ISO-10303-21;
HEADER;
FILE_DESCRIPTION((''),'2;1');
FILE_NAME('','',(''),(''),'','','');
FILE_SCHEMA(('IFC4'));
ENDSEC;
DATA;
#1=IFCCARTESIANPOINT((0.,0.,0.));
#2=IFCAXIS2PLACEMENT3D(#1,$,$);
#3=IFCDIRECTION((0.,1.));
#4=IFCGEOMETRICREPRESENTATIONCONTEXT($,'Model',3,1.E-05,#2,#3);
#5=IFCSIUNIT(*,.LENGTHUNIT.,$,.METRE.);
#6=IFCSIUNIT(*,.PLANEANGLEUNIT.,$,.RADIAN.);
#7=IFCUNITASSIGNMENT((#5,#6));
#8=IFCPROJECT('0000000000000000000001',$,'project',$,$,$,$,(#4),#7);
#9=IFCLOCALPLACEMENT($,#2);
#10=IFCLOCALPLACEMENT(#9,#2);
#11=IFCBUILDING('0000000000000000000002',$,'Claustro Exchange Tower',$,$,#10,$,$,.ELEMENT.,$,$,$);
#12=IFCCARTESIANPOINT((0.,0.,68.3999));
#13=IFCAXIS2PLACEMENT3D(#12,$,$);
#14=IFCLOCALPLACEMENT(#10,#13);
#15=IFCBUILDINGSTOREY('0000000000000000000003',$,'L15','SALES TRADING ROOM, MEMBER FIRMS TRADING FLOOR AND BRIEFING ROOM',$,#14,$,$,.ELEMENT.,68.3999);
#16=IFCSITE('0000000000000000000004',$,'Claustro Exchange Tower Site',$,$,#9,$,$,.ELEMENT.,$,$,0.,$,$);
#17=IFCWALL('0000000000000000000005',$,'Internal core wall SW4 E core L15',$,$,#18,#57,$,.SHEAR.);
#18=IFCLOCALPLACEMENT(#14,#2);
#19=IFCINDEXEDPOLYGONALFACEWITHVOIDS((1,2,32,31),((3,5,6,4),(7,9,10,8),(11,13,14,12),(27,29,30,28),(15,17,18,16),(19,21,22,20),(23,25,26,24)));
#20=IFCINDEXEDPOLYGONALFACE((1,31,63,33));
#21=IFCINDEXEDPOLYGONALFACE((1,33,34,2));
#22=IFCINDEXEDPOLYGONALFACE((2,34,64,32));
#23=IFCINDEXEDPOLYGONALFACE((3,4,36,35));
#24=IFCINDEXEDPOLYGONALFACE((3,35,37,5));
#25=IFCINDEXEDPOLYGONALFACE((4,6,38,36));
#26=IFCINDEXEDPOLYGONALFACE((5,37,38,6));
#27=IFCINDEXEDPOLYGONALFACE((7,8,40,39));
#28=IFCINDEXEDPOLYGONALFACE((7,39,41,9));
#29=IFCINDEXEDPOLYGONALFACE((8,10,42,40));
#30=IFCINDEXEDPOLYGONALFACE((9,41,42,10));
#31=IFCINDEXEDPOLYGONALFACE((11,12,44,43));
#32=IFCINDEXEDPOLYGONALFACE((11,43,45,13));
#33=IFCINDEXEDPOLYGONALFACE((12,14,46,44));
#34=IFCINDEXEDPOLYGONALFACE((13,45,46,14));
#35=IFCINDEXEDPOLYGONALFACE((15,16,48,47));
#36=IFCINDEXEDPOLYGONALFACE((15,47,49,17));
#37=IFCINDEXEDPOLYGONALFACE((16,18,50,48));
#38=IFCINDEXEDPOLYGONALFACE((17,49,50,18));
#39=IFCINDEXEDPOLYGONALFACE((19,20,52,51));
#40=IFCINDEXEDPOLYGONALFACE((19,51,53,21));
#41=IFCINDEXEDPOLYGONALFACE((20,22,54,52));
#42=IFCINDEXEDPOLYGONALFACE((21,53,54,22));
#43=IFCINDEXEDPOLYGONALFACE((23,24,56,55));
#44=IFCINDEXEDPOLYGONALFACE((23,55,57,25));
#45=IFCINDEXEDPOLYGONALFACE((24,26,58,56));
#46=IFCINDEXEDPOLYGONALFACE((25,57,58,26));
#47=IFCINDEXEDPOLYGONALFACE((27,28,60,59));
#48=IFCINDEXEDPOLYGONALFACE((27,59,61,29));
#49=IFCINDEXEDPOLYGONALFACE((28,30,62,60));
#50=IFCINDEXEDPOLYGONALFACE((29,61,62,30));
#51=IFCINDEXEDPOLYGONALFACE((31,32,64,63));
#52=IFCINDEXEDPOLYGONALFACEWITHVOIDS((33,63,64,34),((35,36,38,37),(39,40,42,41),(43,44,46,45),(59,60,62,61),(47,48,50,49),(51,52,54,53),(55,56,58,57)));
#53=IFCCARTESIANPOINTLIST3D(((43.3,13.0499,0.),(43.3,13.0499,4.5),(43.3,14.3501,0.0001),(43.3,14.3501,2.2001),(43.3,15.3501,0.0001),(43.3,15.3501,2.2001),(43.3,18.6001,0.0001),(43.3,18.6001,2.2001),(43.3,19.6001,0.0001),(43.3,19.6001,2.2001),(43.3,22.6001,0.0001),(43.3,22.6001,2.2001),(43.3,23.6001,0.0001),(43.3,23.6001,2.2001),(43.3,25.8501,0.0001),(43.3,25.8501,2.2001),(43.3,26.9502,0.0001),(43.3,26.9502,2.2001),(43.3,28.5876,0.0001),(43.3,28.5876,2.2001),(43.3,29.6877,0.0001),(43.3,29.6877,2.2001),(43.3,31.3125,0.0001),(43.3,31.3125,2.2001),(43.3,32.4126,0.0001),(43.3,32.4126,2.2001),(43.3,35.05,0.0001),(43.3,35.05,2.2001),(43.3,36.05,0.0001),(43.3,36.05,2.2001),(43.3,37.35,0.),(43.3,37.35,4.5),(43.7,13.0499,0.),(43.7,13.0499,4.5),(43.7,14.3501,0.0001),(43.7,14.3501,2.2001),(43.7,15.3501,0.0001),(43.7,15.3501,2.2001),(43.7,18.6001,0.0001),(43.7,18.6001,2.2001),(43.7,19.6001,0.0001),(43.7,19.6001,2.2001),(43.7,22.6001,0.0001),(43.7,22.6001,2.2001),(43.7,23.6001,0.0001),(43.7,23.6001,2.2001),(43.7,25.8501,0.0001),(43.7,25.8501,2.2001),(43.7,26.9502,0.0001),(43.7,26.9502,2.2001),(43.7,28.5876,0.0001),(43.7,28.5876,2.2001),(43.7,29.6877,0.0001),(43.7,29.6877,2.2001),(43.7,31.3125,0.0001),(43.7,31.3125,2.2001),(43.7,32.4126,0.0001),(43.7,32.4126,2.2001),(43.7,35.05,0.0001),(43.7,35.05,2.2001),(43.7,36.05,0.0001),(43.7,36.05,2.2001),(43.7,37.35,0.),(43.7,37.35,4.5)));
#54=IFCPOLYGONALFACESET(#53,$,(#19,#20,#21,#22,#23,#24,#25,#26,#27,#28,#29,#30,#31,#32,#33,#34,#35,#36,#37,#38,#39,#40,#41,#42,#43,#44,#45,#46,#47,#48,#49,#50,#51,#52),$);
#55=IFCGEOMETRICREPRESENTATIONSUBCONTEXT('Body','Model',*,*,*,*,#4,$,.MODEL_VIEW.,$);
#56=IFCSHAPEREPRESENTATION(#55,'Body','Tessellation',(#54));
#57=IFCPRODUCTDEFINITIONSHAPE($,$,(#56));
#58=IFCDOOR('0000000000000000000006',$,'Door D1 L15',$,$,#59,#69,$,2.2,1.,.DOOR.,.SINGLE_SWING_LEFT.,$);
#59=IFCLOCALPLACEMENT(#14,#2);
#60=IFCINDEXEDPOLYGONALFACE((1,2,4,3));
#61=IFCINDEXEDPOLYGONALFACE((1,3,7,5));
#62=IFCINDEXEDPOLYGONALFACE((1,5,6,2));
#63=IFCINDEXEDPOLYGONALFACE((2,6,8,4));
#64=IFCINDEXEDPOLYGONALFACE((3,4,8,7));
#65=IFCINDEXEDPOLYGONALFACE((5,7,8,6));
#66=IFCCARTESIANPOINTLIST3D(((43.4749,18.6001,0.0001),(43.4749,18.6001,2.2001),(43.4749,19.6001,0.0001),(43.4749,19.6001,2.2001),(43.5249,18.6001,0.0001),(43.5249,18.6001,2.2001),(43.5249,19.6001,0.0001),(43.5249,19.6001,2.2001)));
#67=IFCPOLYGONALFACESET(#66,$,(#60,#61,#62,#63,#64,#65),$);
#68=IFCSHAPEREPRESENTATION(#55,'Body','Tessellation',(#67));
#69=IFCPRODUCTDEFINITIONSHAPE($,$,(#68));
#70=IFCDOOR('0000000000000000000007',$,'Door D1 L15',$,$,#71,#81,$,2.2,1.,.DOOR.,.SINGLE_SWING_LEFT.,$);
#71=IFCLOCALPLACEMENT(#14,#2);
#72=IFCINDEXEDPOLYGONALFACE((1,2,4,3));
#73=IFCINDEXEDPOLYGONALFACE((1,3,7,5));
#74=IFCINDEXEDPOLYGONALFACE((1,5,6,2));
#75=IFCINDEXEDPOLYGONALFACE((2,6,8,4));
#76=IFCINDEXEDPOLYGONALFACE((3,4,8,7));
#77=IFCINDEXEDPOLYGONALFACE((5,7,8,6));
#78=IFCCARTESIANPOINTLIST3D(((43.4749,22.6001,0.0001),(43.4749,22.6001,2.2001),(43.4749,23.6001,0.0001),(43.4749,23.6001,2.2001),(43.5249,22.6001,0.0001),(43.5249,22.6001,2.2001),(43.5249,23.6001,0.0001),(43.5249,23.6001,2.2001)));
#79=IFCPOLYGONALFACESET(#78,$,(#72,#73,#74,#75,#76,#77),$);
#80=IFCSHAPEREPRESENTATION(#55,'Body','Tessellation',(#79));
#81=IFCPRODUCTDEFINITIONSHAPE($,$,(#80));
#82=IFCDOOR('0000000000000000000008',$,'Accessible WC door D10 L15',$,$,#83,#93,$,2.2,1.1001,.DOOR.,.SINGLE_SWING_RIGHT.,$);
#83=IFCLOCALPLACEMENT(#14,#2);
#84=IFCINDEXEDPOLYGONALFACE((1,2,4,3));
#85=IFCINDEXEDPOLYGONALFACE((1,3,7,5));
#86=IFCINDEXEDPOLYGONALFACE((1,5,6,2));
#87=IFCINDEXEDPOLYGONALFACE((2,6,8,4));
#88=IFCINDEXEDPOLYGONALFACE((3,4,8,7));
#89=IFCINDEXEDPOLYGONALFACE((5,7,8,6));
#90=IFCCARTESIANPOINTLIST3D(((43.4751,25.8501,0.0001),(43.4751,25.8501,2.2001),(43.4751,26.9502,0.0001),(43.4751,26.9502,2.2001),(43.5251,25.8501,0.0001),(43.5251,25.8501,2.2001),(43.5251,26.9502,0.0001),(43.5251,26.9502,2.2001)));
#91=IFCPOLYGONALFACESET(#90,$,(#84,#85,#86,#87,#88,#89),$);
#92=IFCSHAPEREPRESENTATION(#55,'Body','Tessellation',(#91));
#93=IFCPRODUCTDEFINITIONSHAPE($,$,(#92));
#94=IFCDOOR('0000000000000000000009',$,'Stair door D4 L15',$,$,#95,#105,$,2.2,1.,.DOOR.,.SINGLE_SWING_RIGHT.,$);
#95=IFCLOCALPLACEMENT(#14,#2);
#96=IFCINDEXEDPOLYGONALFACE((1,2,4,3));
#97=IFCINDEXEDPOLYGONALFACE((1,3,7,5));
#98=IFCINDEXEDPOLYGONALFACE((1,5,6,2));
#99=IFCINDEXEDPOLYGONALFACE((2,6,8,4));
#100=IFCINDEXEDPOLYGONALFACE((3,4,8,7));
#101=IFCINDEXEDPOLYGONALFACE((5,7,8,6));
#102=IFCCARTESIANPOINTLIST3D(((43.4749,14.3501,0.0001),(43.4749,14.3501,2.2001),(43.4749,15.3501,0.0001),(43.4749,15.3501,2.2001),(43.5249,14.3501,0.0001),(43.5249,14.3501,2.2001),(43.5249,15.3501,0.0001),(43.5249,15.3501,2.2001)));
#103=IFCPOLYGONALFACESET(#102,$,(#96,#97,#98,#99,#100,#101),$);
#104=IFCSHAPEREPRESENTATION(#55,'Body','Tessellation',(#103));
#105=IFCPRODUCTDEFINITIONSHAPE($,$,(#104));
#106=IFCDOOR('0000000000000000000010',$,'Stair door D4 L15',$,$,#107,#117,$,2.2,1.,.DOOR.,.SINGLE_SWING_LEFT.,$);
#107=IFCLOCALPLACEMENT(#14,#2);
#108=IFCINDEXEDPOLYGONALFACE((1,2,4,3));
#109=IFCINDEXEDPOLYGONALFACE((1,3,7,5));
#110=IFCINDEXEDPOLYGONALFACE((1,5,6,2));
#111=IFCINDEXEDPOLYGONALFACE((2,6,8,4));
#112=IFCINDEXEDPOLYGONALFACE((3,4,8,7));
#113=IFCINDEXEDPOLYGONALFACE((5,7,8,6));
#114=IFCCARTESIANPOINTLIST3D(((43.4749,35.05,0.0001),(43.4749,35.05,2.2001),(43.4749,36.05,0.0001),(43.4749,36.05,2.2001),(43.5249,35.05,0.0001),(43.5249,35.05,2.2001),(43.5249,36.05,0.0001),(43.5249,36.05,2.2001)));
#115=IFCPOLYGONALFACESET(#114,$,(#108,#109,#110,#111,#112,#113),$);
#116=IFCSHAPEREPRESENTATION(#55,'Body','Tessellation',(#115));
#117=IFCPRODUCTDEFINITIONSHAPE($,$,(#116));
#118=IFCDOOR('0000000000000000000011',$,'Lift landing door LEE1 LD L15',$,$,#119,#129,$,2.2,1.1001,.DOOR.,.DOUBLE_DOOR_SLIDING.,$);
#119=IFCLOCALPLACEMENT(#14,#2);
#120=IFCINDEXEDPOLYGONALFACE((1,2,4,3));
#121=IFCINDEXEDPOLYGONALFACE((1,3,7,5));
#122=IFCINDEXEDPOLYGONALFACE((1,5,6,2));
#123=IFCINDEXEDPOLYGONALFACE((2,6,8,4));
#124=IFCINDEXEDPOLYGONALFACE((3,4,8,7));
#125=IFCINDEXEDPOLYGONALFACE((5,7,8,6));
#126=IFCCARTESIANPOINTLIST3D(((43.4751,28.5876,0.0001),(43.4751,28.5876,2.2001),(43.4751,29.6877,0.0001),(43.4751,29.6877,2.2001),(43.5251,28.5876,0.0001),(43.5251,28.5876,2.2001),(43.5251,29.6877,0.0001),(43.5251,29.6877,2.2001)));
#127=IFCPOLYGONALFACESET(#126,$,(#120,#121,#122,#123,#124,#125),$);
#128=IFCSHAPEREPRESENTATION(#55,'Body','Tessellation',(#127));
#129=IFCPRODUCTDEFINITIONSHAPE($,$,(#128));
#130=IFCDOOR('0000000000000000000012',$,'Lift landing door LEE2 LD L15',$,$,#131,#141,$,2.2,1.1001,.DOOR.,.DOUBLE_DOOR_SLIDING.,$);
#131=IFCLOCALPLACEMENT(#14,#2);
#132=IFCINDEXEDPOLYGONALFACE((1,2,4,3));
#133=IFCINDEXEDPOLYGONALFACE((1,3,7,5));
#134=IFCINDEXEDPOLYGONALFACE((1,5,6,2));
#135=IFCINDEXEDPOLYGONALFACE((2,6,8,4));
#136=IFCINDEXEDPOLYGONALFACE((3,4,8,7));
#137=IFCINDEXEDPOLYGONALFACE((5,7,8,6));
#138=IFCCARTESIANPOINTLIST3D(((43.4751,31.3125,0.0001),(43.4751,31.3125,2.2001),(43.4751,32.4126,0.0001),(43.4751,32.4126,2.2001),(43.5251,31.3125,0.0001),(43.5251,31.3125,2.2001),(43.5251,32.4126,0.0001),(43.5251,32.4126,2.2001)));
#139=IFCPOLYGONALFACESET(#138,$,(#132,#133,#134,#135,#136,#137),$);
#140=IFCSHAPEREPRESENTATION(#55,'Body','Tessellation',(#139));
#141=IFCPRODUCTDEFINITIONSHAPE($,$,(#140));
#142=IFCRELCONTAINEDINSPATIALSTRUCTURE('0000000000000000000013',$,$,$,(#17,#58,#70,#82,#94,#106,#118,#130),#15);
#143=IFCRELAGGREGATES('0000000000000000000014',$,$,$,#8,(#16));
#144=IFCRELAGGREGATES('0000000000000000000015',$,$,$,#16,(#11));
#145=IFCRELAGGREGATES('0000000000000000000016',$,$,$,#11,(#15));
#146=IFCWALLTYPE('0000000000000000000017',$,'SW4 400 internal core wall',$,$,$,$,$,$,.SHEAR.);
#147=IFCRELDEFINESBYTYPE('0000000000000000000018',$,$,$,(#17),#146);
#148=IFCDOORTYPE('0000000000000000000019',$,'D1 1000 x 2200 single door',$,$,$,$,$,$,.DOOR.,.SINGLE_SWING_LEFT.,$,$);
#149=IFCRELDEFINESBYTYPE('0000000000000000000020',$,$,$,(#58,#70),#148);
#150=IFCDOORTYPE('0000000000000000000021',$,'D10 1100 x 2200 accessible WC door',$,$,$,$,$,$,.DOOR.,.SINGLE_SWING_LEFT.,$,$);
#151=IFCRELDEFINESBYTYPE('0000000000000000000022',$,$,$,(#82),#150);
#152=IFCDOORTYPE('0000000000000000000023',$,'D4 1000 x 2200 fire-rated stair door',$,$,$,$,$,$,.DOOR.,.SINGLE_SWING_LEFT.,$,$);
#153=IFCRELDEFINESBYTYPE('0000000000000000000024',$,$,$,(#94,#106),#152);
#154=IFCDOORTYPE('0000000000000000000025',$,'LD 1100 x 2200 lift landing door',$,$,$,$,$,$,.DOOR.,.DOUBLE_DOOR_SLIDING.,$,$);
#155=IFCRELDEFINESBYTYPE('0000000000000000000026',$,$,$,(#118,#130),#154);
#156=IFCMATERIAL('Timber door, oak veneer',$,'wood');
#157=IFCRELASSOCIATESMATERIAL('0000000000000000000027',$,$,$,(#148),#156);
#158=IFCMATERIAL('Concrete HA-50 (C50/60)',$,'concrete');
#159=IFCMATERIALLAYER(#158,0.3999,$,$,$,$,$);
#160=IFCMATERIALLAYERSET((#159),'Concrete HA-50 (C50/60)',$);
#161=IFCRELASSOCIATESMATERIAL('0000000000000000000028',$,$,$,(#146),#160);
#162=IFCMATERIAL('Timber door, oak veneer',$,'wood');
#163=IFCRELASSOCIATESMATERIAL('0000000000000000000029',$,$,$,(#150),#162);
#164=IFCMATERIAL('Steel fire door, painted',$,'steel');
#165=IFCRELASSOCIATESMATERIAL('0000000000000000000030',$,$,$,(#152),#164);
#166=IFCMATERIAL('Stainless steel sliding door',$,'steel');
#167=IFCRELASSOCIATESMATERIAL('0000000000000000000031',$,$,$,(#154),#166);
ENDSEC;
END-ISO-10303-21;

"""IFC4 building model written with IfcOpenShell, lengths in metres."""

from ifc_helpers import new_model, si_unit, direction, frame, frame_2d, origin, place, context, subcontext, project, spatial, rectangle, extrude, material, layer, layer_set, type_object, element, fill, save


model = new_model("IFC4")

# Units and contexts
model_context = context("Model", 3, precision=1e-05, world=origin(), true_north=direction((0.0, 1.0)))
body_context = subcontext(model_context, "Body", "Model", "MODEL_VIEW")
ifc_project = project(units=[si_unit("LENGTHUNIT", "METRE"), si_unit("PLANEANGLEUNIT", "RADIAN")], contexts=[model_context])

# Site, building, storey
site_placement = place(None, origin())
site = spatial("IfcSite", under=ifc_project, at=site_placement, Name="Claustro Exchange Tower Site", CompositionType="ELEMENT", RefElevation=0.0)
building_placement = place(site_placement, origin())
building = spatial("IfcBuilding", under=site, at=building_placement, Name="Claustro Exchange Tower", CompositionType="ELEMENT")
storey_placement = place(building_placement, frame((0.0, 0.0, 68.3999)))
storey = spatial("IfcBuildingStorey", under=building, at=storey_placement, Name="L15", Description="SALES TRADING ROOM, MEMBER FIRMS TRADING FLOOR AND BRIEFING ROOM", CompositionType="ELEMENT", Elevation=68.3999)

# Shared definitions
ifc_material_1 = material(Name="Timber door, oak veneer", Category="wood")
door_type_1 = type_object("IfcDoorType", Name="D1 1000 x 2200 single door", OperationType="SINGLE_SWING_LEFT", PredefinedType="DOOR", material=ifc_material_1)

# Wall, openings, doors
ifc_material_2 = material(Name="Concrete HA-50 (C50/60)", Category="concrete")
ifc_layer_1 = layer(ifc_material_2, 0.3999)
ifc_layer_set_1 = layer_set([ifc_layer_1], Name="Concrete HA-50 (C50/60)")
wall_type_1 = type_object("IfcWallType", Name="SW4 400 internal core wall", PredefinedType="SHEAR", material=ifc_layer_set_1)
wall_1_placement = place(storey_placement, frame((43.5, 13.05, 0.0), z_axis=(0.0, 0.0, 1.0), x_axis=(0.0, 1.0, 0.0)))
wall_1 = element("IfcWall", 1, at=wall_1_placement, inside=storey, type_object=wall_type_1, Name="Internal core wall SW4 E core L15", PredefinedType="SHEAR", context=body_context, shape_type="SweptSolid", body=[
    extrude(rectangle(XDim=24.3, YDim=0.3999, at=frame_2d((12.1499, 0.0))), origin(), (0.0, 0.0, 1.0), 4.5),
])
opening_1_placement = place(wall_1_placement, frame((1.3, 0.0, 0.0)))
opening_1 = element("IfcOpeningElement", 2, at=opening_1_placement, cuts=wall_1, PredefinedType="OPENING", context=body_context, shape_type="SweptSolid", body=[
    extrude(rectangle(XDim=1.0, YDim=2.2, at=frame_2d((0.5, 1.1001))), frame((0.0, 0.21, 0.0), z_axis=(0.0, -1.0, 0.0), x_axis=(1.0, 0.0, 0.0)), (0.0, 0.0, 1.0), 0.4199),
])
opening_2_placement = place(wall_1_placement, frame((22.0, 0.0, 0.0)))
opening_2 = element("IfcOpeningElement", 3, at=opening_2_placement, cuts=wall_1, PredefinedType="OPENING", context=body_context, shape_type="SweptSolid", body=[
    extrude(rectangle(XDim=1.0, YDim=2.2, at=frame_2d((0.5, 1.1001))), frame((0.0, 0.21, 0.0), z_axis=(0.0, -1.0, 0.0), x_axis=(1.0, 0.0, 0.0)), (0.0, 0.0, 1.0), 0.4199),
])
opening_3_placement = place(wall_1_placement, frame((5.55, 0.0, 0.0)))
opening_3 = element("IfcOpeningElement", 4, at=opening_3_placement, cuts=wall_1, PredefinedType="OPENING", context=body_context, shape_type="SweptSolid", body=[
    extrude(rectangle(XDim=1.0, YDim=2.2, at=frame_2d((0.5, 1.1001))), frame((0.0, 0.21, 0.0), z_axis=(0.0, -1.0, 0.0), x_axis=(1.0, 0.0, 0.0)), (0.0, 0.0, 1.0), 0.4199),
])
opening_4_placement = place(wall_1_placement, frame((9.55, 0.0, 0.0)))
opening_4 = element("IfcOpeningElement", 5, at=opening_4_placement, cuts=wall_1, PredefinedType="OPENING", context=body_context, shape_type="SweptSolid", body=[
    extrude(rectangle(XDim=1.0, YDim=2.2, at=frame_2d((0.5, 1.1001))), frame((0.0, 0.21, 0.0), z_axis=(0.0, -1.0, 0.0), x_axis=(1.0, 0.0, 0.0)), (0.0, 0.0, 1.0), 0.4199),
])
opening_5_placement = place(wall_1_placement, frame((12.8, 0.0, 0.0)))
opening_5 = element("IfcOpeningElement", 6, at=opening_5_placement, cuts=wall_1, PredefinedType="OPENING", context=body_context, shape_type="SweptSolid", body=[
    extrude(rectangle(XDim=1.1001, YDim=2.2, at=frame_2d((0.55, 1.1001))), frame((0.0, 0.21, 0.0), z_axis=(0.0, -1.0, 0.0), x_axis=(1.0, 0.0, 0.0)), (0.0, 0.0, 1.0), 0.4199),
])
opening_6_placement = place(wall_1_placement, frame((15.5376, 0.0, 0.0)))
opening_6 = element("IfcOpeningElement", 7, at=opening_6_placement, cuts=wall_1, PredefinedType="OPENING", context=body_context, shape_type="SweptSolid", body=[
    extrude(rectangle(XDim=1.1001, YDim=2.2, at=frame_2d((0.55, 1.1001))), frame((0.0, 0.21, 0.0), z_axis=(0.0, -1.0, 0.0), x_axis=(1.0, 0.0, 0.0)), (0.0, 0.0, 1.0), 0.4199),
])
opening_7_placement = place(wall_1_placement, frame((18.2625, 0.0, 0.0)))
opening_7 = element("IfcOpeningElement", 8, at=opening_7_placement, cuts=wall_1, PredefinedType="OPENING", context=body_context, shape_type="SweptSolid", body=[
    extrude(rectangle(XDim=1.1001, YDim=2.2, at=frame_2d((0.55, 1.1001))), frame((0.0, 0.21, 0.0), z_axis=(0.0, -1.0, 0.0), x_axis=(1.0, 0.0, 0.0)), (0.0, 0.0, 1.0), 0.4199),
])
door_1_placement = place(opening_3_placement, frame((1.0, 0.0, 0.0), z_axis=(0.0, 0.0, 1.0), x_axis=(-1.0, 0.0, 0.0)))
door_1 = element("IfcDoor", 9, at=door_1_placement, inside=storey, type_object=door_type_1, Name="Door D1 L15", OperationType="SINGLE_SWING_LEFT", OverallHeight=2.2, OverallWidth=1.0, PredefinedType="DOOR", context=body_context, shape_type="SweptSolid", body=[
    extrude(rectangle(XDim=1.0, YDim=2.2, at=frame_2d((0.5, 1.1001))), frame((0.0, 0.0249, 0.0), z_axis=(0.0, -1.0, 0.0), x_axis=(1.0, 0.0, 0.0)), (0.0, 0.0, 1.0), 0.05),
])
fill(opening_3, door_1)
door_2_placement = place(opening_4_placement, frame((1.0, 0.0, 0.0), z_axis=(0.0, 0.0, 1.0), x_axis=(-1.0, 0.0, 0.0)))
door_2 = element("IfcDoor", 10, at=door_2_placement, inside=storey, type_object=door_type_1, Name="Door D1 L15", OperationType="SINGLE_SWING_LEFT", OverallHeight=2.2, OverallWidth=1.0, PredefinedType="DOOR", context=body_context, shape_type="SweptSolid", body=[
    extrude(rectangle(XDim=1.0, YDim=2.2, at=frame_2d((0.5, 1.1001))), frame((0.0, 0.0249, 0.0), z_axis=(0.0, -1.0, 0.0), x_axis=(1.0, 0.0, 0.0)), (0.0, 0.0, 1.0), 0.05),
])
fill(opening_4, door_2)
ifc_material_3 = material(Name="Timber door, oak veneer", Category="wood")
door_type_2 = type_object("IfcDoorType", Name="D10 1100 x 2200 accessible WC door", OperationType="SINGLE_SWING_LEFT", PredefinedType="DOOR", material=ifc_material_3)
door_3_placement = place(opening_5_placement, origin())
door_3 = element("IfcDoor", 11, at=door_3_placement, inside=storey, type_object=door_type_2, Name="Accessible WC door D10 L15", OperationType="SINGLE_SWING_RIGHT", OverallHeight=2.2, OverallWidth=1.1001, PredefinedType="DOOR", context=body_context, shape_type="SweptSolid", body=[
    extrude(rectangle(XDim=1.1001, YDim=2.2, at=frame_2d((0.55, 1.1001))), frame((0.0, 0.0249, 0.0), z_axis=(0.0, -1.0, 0.0), x_axis=(1.0, 0.0, 0.0)), (0.0, 0.0, 1.0), 0.05),
])
fill(opening_5, door_3)
ifc_material_4 = material(Name="Steel fire door, painted", Category="steel")
door_type_3 = type_object("IfcDoorType", Name="D4 1000 x 2200 fire-rated stair door", OperationType="SINGLE_SWING_LEFT", PredefinedType="DOOR", material=ifc_material_4)
door_4_placement = place(opening_1_placement, frame((1.0, 0.0, 0.0), z_axis=(0.0, 0.0, 1.0), x_axis=(-1.0, 0.0, 0.0)))
door_4 = element("IfcDoor", 12, at=door_4_placement, inside=storey, type_object=door_type_3, Name="Stair door D4 L15", OperationType="SINGLE_SWING_RIGHT", OverallHeight=2.2, OverallWidth=1.0, PredefinedType="DOOR", context=body_context, shape_type="SweptSolid", body=[
    extrude(rectangle(XDim=1.0, YDim=2.2, at=frame_2d((0.5, 1.1001))), frame((0.0, 0.0249, 0.0), z_axis=(0.0, -1.0, 0.0), x_axis=(1.0, 0.0, 0.0)), (0.0, 0.0, 1.0), 0.05),
])
fill(opening_1, door_4)
door_5_placement = place(opening_2_placement, frame((1.0, 0.0, 0.0), z_axis=(0.0, 0.0, 1.0), x_axis=(-1.0, 0.0, 0.0)))
door_5 = element("IfcDoor", 13, at=door_5_placement, inside=storey, type_object=door_type_3, Name="Stair door D4 L15", OperationType="SINGLE_SWING_LEFT", OverallHeight=2.2, OverallWidth=1.0, PredefinedType="DOOR", context=body_context, shape_type="SweptSolid", body=[
    extrude(rectangle(XDim=1.0, YDim=2.2, at=frame_2d((0.5, 1.1001))), frame((0.0, 0.0249, 0.0), z_axis=(0.0, -1.0, 0.0), x_axis=(1.0, 0.0, 0.0)), (0.0, 0.0, 1.0), 0.05),
])
fill(opening_2, door_5)
ifc_material_5 = material(Name="Stainless steel sliding door", Category="steel")
door_type_4 = type_object("IfcDoorType", Name="LD 1100 x 2200 lift landing door", OperationType="DOUBLE_DOOR_SLIDING", PredefinedType="DOOR", material=ifc_material_5)
door_6_placement = place(opening_6_placement, origin())
door_6 = element("IfcDoor", 14, at=door_6_placement, inside=storey, type_object=door_type_4, Name="Lift landing door LEE1 LD L15", OperationType="DOUBLE_DOOR_SLIDING", OverallHeight=2.2, OverallWidth=1.1001, PredefinedType="DOOR", context=body_context, shape_type="SweptSolid", body=[
    extrude(rectangle(XDim=1.1001, YDim=2.2, at=frame_2d((0.55, 1.1001))), frame((0.0, 0.0249, 0.0), z_axis=(0.0, -1.0, 0.0), x_axis=(1.0, 0.0, 0.0)), (0.0, 0.0, 1.0), 0.05),
])
fill(opening_6, door_6)
door_7_placement = place(opening_7_placement, origin())
door_7 = element("IfcDoor", 15, at=door_7_placement, inside=storey, type_object=door_type_4, Name="Lift landing door LEE2 LD L15", OperationType="DOUBLE_DOOR_SLIDING", OverallHeight=2.2, OverallWidth=1.1001, PredefinedType="DOOR", context=body_context, shape_type="SweptSolid", body=[
    extrude(rectangle(XDim=1.1001, YDim=2.2, at=frame_2d((0.55, 1.1001))), frame((0.0, 0.0249, 0.0), z_axis=(0.0, -1.0, 0.0), x_axis=(1.0, 0.0, 0.0)), (0.0, 0.0, 1.0), 0.05),
])
fill(opening_7, door_7)

save(model, "model.ifc")
